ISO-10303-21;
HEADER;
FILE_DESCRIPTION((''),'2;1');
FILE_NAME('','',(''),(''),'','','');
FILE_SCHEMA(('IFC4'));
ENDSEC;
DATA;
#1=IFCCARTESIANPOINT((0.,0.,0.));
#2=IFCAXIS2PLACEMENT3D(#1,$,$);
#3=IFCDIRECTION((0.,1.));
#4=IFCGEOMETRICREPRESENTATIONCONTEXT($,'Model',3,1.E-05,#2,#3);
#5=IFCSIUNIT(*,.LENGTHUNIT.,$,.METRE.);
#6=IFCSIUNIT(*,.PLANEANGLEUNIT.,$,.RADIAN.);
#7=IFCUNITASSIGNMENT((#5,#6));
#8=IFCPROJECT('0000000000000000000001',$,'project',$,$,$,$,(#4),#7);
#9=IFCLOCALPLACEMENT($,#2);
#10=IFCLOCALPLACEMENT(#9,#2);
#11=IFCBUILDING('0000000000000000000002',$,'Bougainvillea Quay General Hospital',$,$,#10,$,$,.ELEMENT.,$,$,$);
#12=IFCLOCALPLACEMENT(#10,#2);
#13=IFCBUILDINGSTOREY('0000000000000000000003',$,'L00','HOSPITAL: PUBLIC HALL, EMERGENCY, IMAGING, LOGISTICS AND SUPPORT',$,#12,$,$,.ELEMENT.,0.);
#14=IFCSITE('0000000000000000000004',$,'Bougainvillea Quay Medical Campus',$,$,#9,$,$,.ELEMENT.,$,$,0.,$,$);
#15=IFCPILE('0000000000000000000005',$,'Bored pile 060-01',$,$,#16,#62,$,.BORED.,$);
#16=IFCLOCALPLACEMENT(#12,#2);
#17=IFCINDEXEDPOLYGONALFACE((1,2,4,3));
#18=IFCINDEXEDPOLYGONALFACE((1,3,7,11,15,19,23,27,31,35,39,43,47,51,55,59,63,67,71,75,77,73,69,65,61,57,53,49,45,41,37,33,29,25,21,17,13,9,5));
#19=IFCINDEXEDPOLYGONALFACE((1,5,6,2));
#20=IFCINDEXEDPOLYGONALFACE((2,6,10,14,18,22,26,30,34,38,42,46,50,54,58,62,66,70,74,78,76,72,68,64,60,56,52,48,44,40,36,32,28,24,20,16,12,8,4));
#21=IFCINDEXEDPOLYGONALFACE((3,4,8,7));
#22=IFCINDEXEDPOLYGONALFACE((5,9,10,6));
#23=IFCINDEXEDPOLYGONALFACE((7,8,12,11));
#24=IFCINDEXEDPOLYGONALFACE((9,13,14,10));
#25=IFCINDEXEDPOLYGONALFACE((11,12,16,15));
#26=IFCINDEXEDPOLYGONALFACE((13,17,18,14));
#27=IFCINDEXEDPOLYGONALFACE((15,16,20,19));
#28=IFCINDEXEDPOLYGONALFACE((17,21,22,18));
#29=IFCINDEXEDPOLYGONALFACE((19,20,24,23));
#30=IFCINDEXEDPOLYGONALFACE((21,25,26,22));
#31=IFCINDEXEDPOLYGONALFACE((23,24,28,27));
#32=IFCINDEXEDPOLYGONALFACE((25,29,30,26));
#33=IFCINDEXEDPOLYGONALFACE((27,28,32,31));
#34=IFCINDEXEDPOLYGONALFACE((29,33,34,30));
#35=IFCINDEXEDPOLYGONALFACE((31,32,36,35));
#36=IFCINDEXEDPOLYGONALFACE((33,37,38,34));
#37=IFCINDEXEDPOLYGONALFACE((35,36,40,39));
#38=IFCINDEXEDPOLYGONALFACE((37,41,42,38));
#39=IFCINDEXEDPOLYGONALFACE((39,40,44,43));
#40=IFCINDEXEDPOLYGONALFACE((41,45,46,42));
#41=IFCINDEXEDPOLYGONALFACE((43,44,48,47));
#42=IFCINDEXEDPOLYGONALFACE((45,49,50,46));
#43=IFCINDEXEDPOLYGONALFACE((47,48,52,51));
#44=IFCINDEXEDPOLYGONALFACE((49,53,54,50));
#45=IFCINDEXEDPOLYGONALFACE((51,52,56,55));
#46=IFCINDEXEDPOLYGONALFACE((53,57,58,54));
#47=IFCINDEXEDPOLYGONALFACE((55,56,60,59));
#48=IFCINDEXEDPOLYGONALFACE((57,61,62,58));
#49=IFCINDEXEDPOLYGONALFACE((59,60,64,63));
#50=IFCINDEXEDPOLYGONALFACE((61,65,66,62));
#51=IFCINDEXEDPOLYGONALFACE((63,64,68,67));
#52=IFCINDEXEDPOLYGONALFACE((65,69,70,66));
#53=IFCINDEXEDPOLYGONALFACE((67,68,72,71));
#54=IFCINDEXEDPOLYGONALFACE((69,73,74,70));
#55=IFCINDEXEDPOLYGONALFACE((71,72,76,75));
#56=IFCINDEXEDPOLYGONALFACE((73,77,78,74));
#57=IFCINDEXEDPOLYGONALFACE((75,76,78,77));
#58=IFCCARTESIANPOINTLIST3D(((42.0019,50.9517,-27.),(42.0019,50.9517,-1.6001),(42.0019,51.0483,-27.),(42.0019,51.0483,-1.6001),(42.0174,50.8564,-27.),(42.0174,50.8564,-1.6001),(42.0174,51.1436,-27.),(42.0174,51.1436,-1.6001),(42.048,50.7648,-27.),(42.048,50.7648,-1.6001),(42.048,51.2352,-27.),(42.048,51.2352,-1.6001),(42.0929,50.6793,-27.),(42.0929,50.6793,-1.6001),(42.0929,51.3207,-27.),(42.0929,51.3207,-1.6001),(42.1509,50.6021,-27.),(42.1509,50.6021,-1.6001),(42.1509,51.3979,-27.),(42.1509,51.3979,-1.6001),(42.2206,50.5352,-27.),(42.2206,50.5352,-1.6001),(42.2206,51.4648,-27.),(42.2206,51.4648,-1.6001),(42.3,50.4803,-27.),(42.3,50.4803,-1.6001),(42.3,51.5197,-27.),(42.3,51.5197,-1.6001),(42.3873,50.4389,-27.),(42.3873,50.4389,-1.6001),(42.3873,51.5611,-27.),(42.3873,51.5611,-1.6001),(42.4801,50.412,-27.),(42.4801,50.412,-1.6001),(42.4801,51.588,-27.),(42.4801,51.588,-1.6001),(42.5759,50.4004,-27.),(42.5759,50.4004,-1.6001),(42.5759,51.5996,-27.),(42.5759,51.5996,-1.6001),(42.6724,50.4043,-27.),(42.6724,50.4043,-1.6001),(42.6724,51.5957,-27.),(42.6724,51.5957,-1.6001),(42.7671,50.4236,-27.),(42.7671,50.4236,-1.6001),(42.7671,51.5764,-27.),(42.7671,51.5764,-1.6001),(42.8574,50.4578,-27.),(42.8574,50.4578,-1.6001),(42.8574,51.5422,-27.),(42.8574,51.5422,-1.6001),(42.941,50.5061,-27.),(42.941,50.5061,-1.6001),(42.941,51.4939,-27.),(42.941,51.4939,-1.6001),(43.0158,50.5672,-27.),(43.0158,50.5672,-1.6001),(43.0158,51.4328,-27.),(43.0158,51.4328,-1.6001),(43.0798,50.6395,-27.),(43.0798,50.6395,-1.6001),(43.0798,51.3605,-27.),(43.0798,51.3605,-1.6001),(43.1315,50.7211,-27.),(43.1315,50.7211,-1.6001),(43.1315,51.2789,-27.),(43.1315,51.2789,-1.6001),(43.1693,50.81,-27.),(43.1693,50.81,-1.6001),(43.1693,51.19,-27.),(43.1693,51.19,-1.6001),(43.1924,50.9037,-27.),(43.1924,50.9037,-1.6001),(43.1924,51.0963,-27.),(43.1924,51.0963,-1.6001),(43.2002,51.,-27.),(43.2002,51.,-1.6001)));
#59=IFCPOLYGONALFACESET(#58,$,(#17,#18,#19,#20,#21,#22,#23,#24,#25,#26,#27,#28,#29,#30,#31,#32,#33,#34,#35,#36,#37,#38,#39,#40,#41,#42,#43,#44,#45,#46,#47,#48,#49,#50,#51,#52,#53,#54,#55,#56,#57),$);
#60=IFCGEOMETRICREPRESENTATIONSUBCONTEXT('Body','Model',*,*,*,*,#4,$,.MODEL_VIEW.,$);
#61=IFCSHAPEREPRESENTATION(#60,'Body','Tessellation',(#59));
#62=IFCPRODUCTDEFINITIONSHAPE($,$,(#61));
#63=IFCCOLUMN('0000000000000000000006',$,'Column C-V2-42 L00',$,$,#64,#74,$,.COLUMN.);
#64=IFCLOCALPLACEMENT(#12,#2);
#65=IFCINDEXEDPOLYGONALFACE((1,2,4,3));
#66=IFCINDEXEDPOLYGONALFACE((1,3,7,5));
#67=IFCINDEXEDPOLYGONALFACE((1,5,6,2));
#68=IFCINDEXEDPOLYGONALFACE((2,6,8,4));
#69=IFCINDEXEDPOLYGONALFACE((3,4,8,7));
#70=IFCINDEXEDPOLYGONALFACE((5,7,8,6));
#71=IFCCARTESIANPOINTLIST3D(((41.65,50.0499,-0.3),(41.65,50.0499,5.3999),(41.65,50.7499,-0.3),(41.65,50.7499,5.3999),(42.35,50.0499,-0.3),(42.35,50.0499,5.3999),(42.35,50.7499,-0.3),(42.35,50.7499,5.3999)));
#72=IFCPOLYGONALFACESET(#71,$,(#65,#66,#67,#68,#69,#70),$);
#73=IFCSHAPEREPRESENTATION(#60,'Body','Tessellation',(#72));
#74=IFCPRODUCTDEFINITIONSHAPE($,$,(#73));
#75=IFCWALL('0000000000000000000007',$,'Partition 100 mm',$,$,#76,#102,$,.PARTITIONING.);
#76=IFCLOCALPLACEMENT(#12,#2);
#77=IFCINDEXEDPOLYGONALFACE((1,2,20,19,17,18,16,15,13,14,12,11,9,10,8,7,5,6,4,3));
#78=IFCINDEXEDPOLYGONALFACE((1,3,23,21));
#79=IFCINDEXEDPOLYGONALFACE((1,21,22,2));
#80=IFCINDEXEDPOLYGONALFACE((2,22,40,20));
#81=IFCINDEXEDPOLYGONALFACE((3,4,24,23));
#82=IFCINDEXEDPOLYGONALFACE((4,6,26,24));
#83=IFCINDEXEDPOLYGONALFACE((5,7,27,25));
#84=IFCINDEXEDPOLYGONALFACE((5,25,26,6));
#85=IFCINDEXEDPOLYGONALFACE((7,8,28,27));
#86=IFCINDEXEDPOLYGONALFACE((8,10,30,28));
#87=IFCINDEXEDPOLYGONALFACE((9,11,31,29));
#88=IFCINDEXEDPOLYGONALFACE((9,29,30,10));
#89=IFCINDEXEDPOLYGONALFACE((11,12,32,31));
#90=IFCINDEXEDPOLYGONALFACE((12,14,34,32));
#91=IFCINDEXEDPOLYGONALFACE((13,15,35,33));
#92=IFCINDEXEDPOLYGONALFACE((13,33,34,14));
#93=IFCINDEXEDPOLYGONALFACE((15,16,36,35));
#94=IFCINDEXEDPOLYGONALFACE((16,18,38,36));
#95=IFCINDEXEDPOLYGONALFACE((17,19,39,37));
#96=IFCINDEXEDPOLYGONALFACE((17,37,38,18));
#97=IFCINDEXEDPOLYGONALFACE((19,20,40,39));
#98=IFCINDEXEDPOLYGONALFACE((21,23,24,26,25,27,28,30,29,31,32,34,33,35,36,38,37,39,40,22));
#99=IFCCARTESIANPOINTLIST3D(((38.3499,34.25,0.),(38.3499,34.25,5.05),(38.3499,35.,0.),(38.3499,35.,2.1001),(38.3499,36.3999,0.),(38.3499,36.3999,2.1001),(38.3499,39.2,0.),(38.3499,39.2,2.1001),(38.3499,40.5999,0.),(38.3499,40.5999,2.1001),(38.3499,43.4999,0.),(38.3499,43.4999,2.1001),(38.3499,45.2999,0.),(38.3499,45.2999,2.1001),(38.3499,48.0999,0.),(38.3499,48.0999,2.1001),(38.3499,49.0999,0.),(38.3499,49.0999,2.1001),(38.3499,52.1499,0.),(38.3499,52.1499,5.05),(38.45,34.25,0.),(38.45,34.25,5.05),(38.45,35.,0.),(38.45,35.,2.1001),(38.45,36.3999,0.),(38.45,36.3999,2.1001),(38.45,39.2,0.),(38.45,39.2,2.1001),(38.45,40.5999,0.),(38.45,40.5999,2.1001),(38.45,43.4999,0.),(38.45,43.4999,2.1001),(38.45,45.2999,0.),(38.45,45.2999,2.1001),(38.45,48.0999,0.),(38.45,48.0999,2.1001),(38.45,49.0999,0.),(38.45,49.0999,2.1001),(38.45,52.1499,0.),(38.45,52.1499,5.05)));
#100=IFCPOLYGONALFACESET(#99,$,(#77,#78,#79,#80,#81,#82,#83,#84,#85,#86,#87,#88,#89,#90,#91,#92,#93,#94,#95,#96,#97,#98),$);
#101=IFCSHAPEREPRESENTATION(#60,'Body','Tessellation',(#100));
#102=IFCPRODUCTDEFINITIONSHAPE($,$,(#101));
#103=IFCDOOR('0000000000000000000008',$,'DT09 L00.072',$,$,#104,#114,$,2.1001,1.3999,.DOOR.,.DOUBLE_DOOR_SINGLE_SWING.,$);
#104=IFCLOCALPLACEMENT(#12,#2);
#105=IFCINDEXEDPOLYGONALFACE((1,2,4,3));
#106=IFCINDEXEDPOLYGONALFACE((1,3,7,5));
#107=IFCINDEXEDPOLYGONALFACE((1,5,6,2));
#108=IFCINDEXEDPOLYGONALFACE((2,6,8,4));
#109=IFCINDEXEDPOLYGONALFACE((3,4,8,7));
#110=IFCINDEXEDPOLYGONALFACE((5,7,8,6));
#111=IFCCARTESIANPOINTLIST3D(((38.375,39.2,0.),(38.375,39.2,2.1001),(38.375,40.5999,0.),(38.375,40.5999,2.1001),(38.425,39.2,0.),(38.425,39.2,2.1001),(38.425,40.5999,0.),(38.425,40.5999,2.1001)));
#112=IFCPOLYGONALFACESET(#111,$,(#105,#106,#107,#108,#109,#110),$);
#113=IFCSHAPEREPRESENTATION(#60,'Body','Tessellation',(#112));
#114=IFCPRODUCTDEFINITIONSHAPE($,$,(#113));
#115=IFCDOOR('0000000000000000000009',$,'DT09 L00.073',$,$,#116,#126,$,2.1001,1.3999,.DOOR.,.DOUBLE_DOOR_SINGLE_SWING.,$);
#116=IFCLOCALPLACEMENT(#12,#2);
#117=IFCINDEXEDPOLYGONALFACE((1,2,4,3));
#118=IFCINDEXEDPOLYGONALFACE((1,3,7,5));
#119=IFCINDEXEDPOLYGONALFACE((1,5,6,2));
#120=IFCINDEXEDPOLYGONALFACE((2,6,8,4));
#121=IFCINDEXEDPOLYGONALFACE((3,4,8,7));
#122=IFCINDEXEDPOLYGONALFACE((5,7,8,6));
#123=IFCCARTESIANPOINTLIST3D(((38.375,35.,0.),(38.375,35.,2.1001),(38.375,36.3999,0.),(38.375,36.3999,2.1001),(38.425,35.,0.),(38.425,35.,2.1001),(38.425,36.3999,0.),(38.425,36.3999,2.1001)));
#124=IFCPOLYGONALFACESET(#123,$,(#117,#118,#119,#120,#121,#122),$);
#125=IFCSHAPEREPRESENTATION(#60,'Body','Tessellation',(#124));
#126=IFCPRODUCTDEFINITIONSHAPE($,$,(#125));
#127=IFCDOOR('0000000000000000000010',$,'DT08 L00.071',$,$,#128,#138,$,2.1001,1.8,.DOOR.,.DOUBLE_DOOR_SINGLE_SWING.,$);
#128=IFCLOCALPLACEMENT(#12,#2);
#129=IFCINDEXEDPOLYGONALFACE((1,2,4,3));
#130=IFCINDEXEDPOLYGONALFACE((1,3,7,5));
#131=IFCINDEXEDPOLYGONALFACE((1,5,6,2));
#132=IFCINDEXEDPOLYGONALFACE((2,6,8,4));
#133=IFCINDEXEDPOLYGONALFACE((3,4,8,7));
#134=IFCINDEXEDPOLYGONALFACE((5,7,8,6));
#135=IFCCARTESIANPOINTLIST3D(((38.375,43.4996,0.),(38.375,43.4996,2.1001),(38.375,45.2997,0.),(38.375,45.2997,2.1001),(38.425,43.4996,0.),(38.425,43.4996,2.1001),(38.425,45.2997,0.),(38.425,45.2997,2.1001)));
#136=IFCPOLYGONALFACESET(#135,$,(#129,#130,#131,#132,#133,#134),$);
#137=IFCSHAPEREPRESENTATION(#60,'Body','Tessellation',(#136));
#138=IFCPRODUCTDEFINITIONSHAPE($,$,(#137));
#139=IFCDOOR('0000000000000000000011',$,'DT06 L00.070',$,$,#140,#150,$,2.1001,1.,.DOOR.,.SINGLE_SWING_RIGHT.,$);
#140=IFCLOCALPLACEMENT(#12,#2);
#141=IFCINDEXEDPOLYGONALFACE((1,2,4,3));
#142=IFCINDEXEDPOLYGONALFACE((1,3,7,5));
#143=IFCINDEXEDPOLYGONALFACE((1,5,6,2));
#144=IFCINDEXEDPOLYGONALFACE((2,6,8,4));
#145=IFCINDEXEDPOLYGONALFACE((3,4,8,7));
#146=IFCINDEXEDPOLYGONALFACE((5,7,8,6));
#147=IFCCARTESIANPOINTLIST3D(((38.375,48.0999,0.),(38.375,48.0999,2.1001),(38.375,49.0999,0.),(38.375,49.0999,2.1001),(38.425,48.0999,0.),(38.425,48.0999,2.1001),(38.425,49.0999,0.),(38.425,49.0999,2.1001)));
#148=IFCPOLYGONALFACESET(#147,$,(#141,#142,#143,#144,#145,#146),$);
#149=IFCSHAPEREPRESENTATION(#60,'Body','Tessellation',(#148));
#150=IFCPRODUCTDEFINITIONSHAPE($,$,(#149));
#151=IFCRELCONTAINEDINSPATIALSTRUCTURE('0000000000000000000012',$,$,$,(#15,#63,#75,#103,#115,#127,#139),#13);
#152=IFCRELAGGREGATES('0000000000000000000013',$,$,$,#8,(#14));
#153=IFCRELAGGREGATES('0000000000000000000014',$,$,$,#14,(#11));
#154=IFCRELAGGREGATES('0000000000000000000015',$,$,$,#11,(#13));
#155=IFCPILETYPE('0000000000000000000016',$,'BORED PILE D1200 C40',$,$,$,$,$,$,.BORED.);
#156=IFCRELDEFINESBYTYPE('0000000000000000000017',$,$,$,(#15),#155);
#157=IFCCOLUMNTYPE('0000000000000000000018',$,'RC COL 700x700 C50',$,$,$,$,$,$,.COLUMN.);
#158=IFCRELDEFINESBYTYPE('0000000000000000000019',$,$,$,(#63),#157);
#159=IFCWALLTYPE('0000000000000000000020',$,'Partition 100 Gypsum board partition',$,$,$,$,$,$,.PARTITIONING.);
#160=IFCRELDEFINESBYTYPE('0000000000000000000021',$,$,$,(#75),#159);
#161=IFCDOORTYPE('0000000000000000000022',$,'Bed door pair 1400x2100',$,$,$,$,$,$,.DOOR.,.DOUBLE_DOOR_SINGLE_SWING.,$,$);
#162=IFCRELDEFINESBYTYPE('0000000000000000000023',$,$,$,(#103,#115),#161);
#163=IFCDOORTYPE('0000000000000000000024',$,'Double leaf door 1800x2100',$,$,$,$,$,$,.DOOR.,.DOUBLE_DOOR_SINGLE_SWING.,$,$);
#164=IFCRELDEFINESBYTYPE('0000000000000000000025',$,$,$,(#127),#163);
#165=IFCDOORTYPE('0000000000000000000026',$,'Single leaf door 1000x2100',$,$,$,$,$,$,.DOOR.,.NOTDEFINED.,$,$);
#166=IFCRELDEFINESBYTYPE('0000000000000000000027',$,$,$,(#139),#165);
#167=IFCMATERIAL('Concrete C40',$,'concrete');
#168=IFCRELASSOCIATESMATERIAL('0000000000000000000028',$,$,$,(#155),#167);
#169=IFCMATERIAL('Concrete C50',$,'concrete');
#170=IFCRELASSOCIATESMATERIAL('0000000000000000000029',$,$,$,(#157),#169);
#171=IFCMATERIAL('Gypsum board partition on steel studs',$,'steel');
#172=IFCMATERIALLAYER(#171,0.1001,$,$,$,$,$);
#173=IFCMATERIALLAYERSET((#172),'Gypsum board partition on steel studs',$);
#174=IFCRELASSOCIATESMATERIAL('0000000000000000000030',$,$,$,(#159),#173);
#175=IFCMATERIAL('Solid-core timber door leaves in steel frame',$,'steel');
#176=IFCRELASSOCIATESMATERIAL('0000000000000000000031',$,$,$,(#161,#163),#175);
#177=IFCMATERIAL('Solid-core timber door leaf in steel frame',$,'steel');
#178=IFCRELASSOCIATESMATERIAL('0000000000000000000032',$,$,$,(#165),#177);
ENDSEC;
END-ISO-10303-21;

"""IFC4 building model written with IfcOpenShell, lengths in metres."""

from ifc_helpers import new_model, si_unit, direction, frame, frame_2d, origin, origin_2d, place, context, subcontext, project, spatial, rectangle, circle, extrude, material, layer, layer_set, material_profile, profile_set, type_object, element, fill, save


model = new_model("IFC4")

# Units and contexts
model_context = context("Model", 3, precision=1e-05, world=origin(), true_north=direction((0.0, 1.0)))
body_context = subcontext(model_context, "Body", "Model", "MODEL_VIEW")
ifc_project = project(units=[si_unit("LENGTHUNIT", "METRE"), si_unit("PLANEANGLEUNIT", "RADIAN")], contexts=[model_context])

# Site, building, storey
site_placement = place(None, origin())
site = spatial("IfcSite", under=ifc_project, at=site_placement, Name="Bougainvillea Quay Medical Campus", CompositionType="ELEMENT", RefElevation=0.0)
building_placement = place(site_placement, origin())
building = spatial("IfcBuilding", under=site, at=building_placement, Name="Bougainvillea Quay General Hospital", CompositionType="ELEMENT")
storey_placement = place(building_placement, origin())
storey = spatial("IfcBuildingStorey", under=building, at=storey_placement, Name="L00", Description="HOSPITAL: PUBLIC HALL, EMERGENCY, IMAGING, LOGISTICS AND SUPPORT", CompositionType="ELEMENT", Elevation=0.0)

# Pile
ifc_material_1 = material(Name="Concrete C40", Category="concrete")
ifc_material_profile_1 = material_profile(ifc_material_1, circle(Radius=0.6001, at=origin_2d()))
ifc_profile_set_1 = profile_set([ifc_material_profile_1], Name="Concrete C40")
pile_type = type_object("IfcPileType", Name="BORED PILE D1200 C40", PredefinedType="BORED", material=ifc_profile_set_1)
pile_placement = place(storey_placement, frame((42.6001, 51.0, -1.6001), z_axis=(0.0, 0.0, -1.0), x_axis=(1.0, 0.0, 0.0)))
element("IfcPile", 1, at=pile_placement, inside=storey, type_object=pile_type, Name="Bored pile 060-01", PredefinedType="BORED", context=body_context, shape_type="SweptSolid", body=[
    extrude(circle(Radius=0.6001, at=origin_2d()), origin(), (0.0, 0.0, 1.0), 25.3999),
])

# Column
ifc_material_2 = material(Name="Concrete C50", Category="concrete")
ifc_material_profile_2 = material_profile(ifc_material_2, rectangle(XDim=0.7, YDim=0.7, at=origin_2d()))
ifc_profile_set_2 = profile_set([ifc_material_profile_2], Name="Concrete C50")
column_type = type_object("IfcColumnType", Name="RC COL 700x700 C50", PredefinedType="COLUMN", material=ifc_profile_set_2)
column_placement = place(storey_placement, frame((42.0, 50.3999, -0.3), z_axis=(0.0, 0.0, 1.0), x_axis=(1.0, 0.0, 0.0)))
element("IfcColumn", 2, at=column_placement, inside=storey, type_object=column_type, Name="Column C-V2-42 L00", PredefinedType="COLUMN", context=body_context, shape_type="SweptSolid", body=[
    extrude(rectangle(XDim=0.7, YDim=0.7, at=origin_2d()), origin(), (0.0, 0.0, 1.0), 5.7),
])

# Wall, openings, doors
ifc_material_3 = material(Name="Gypsum board partition on steel studs", Category="steel")
ifc_layer_1 = layer(ifc_material_3, 0.1001)
ifc_layer_set_1 = layer_set([ifc_layer_1], Name="Gypsum board partition on steel studs")
wall_type_1 = type_object("IfcWallType", Name="Partition 100 Gypsum board partition", PredefinedType="PARTITIONING", material=ifc_layer_set_1)
wall_1_placement = place(storey_placement, frame((38.3999, 52.1499, 0.0), z_axis=(0.0, 0.0, 1.0), x_axis=(0.0, -1.0, 0.0)))
wall_1 = element("IfcWall", 3, at=wall_1_placement, inside=storey, type_object=wall_type_1, Name="Partition 100 mm", PredefinedType="PARTITIONING", context=body_context, shape_type="SweptSolid", body=[
    extrude(rectangle(XDim=17.8999, YDim=0.1001, at=frame_2d((8.95, 0.0))), origin(), (0.0, 0.0, 1.0), 5.05),
])
opening_1_placement = place(wall_1_placement, frame((3.05, 0.0, 0.0)))
opening_1 = element("IfcOpeningElement", 4, at=opening_1_placement, cuts=wall_1, PredefinedType="OPENING", context=body_context, shape_type="SweptSolid", body=[
    extrude(rectangle(XDim=1.0, YDim=2.1001, at=frame_2d((0.5, 1.05))), frame((0.0, 0.0601, 0.0), z_axis=(0.0, -1.0, 0.0), x_axis=(1.0, 0.0, 0.0)), (0.0, 0.0, 1.0), 0.1201),
])
opening_2_placement = place(wall_1_placement, frame((6.8501, 0.0, 0.0)))
opening_2 = element("IfcOpeningElement", 5, at=opening_2_placement, cuts=wall_1, PredefinedType="OPENING", context=body_context, shape_type="SweptSolid", body=[
    extrude(rectangle(XDim=1.8, YDim=2.1001, at=frame_2d((0.8999, 1.05))), frame((0.0, 0.0601, 0.0), z_axis=(0.0, -1.0, 0.0), x_axis=(1.0, 0.0, 0.0)), (0.0, 0.0, 1.0), 0.1201),
])
opening_3_placement = place(wall_1_placement, frame((11.55, 0.0, 0.0)))
opening_3 = element("IfcOpeningElement", 6, at=opening_3_placement, cuts=wall_1, PredefinedType="OPENING", context=body_context, shape_type="SweptSolid", body=[
    extrude(rectangle(XDim=1.3999, YDim=2.1001, at=frame_2d((0.7, 1.05))), frame((0.0, 0.0601, 0.0), z_axis=(0.0, -1.0, 0.0), x_axis=(1.0, 0.0, 0.0)), (0.0, 0.0, 1.0), 0.1201),
])
opening_4_placement = place(wall_1_placement, frame((15.75, 0.0, 0.0)))
opening_4 = element("IfcOpeningElement", 7, at=opening_4_placement, cuts=wall_1, PredefinedType="OPENING", context=body_context, shape_type="SweptSolid", body=[
    extrude(rectangle(XDim=1.3999, YDim=2.1001, at=frame_2d((0.7, 1.05))), frame((0.0, 0.0601, 0.0), z_axis=(0.0, -1.0, 0.0), x_axis=(1.0, 0.0, 0.0)), (0.0, 0.0, 1.0), 0.1201),
])
ifc_material_4 = material(Name="Solid-core timber door leaves in steel frame", Category="steel")
door_type_1 = type_object("IfcDoorType", Name="Bed door pair 1400x2100", OperationType="DOUBLE_DOOR_SINGLE_SWING", PredefinedType="DOOR", material=ifc_material_4)
door_1_placement = place(opening_3_placement, frame((1.3999, 0.0, 0.0), z_axis=(0.0, 0.0, 1.0), x_axis=(-1.0, 0.0, 0.0)))
door_1 = element("IfcDoor", 8, at=door_1_placement, inside=storey, type_object=door_type_1, Name="DT09 L00.072", OperationType="DOUBLE_DOOR_SINGLE_SWING", OverallHeight=2.1001, OverallWidth=1.3999, PredefinedType="DOOR", context=body_context, shape_type="SweptSolid", body=[
    extrude(rectangle(XDim=1.3999, YDim=2.1001, at=frame_2d((0.7, 1.05))), frame((0.0, 0.0249, 0.0), z_axis=(0.0, -1.0, 0.0), x_axis=(1.0, 0.0, 0.0)), (0.0, 0.0, 1.0), 0.05),
])
fill(opening_3, door_1)
door_2_placement = place(opening_4_placement, frame((1.3999, 0.0, 0.0), z_axis=(0.0, 0.0, 1.0), x_axis=(-1.0, 0.0, 0.0)))
door_2 = element("IfcDoor", 9, at=door_2_placement, inside=storey, type_object=door_type_1, Name="DT09 L00.073", OperationType="DOUBLE_DOOR_SINGLE_SWING", OverallHeight=2.1001, OverallWidth=1.3999, PredefinedType="DOOR", context=body_context, shape_type="SweptSolid", body=[
    extrude(rectangle(XDim=1.3999, YDim=2.1001, at=frame_2d((0.7, 1.05))), frame((0.0, 0.0249, 0.0), z_axis=(0.0, -1.0, 0.0), x_axis=(1.0, 0.0, 0.0)), (0.0, 0.0, 1.0), 0.05),
])
fill(opening_4, door_2)
door_type_2 = type_object("IfcDoorType", Name="Double leaf door 1800x2100", OperationType="DOUBLE_DOOR_SINGLE_SWING", PredefinedType="DOOR", material=ifc_material_4)
door_3_placement = place(opening_2_placement, frame((1.8, 0.0, 0.0), z_axis=(0.0, 0.0, 1.0), x_axis=(-1.0, 0.0, 0.0)))
door_3 = element("IfcDoor", 10, at=door_3_placement, inside=storey, type_object=door_type_2, Name="DT08 L00.071", OperationType="DOUBLE_DOOR_SINGLE_SWING", OverallHeight=2.1001, OverallWidth=1.8, PredefinedType="DOOR", context=body_context, shape_type="SweptSolid", body=[
    extrude(rectangle(XDim=1.8, YDim=2.1001, at=frame_2d((0.8999, 1.05))), frame((0.0, 0.0249, 0.0), z_axis=(0.0, -1.0, 0.0), x_axis=(1.0, 0.0, 0.0)), (0.0, 0.0, 1.0), 0.05),
])
fill(opening_2, door_3)
ifc_material_5 = material(Name="Solid-core timber door leaf in steel frame", Category="steel")
door_type_3 = type_object("IfcDoorType", Name="Single leaf door 1000x2100", OperationType="NOTDEFINED", PredefinedType="DOOR", material=ifc_material_5)
door_4_placement = place(opening_1_placement, frame((1.0, 0.0, 0.0), z_axis=(0.0, 0.0, 1.0), x_axis=(-1.0, 0.0, 0.0)))
door_4 = element("IfcDoor", 11, at=door_4_placement, inside=storey, type_object=door_type_3, Name="DT06 L00.070", OperationType="SINGLE_SWING_RIGHT", OverallHeight=2.1001, OverallWidth=1.0, PredefinedType="DOOR", context=body_context, shape_type="SweptSolid", body=[
    extrude(rectangle(XDim=1.0, YDim=2.1001, at=frame_2d((0.5, 1.05))), frame((0.0, 0.0249, 0.0), z_axis=(0.0, -1.0, 0.0), x_axis=(1.0, 0.0, 0.0)), (0.0, 0.0, 1.0), 0.05),
])
fill(opening_1, door_4)

save(model, "model.ifc")
